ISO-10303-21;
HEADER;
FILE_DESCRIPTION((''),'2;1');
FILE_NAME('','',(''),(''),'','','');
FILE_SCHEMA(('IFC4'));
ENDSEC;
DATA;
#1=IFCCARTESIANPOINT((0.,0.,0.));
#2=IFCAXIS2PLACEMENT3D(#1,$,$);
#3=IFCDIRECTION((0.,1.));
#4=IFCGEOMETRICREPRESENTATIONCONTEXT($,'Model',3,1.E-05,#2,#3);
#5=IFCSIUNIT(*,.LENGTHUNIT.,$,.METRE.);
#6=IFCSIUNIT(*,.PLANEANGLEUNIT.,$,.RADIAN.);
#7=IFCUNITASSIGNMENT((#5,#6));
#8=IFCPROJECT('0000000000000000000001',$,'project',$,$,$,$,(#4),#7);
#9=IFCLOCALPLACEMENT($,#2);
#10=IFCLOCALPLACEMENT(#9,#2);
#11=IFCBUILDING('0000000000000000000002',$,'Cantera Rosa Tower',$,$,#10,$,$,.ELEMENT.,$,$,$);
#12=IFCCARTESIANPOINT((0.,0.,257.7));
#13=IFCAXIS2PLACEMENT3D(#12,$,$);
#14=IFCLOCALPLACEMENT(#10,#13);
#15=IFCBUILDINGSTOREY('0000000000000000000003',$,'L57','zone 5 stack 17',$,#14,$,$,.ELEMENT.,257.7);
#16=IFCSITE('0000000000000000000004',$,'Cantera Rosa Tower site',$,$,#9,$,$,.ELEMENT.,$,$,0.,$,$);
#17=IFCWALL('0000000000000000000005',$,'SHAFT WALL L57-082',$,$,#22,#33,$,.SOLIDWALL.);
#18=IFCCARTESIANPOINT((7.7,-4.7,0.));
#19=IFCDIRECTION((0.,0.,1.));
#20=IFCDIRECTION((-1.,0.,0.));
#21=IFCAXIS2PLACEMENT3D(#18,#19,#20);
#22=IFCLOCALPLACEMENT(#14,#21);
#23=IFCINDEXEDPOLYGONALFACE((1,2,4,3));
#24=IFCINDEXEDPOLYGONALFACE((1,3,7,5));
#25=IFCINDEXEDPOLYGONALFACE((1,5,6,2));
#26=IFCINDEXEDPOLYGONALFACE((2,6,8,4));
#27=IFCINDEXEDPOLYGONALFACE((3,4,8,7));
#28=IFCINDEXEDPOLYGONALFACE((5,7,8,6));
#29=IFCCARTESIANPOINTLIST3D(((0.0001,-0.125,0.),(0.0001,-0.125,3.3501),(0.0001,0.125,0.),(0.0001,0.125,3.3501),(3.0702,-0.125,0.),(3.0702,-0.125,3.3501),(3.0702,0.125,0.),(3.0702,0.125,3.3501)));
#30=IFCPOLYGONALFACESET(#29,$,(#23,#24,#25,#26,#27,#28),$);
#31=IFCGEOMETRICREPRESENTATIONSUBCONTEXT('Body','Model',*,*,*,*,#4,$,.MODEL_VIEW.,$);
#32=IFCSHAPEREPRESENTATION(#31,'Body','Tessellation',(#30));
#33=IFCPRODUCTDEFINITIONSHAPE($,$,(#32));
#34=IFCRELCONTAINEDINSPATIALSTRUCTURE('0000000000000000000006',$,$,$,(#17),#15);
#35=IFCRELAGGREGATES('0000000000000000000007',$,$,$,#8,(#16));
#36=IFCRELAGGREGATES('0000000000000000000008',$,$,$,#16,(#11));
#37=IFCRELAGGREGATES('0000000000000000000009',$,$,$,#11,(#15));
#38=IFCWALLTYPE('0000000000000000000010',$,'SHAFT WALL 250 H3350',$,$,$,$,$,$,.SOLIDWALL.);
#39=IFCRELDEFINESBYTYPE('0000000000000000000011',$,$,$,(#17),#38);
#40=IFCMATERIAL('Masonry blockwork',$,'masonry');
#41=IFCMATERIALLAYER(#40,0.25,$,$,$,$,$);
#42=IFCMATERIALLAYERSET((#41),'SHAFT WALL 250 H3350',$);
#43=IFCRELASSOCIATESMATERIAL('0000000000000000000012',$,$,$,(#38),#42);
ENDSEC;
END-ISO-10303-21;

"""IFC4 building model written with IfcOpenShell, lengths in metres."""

from ifc_helpers import new_model, si_unit, direction, frame, frame_2d, origin, place, context, subcontext, project, spatial, rectangle, extrude, material, layer, layer_set, type_object, element, save


model = new_model("IFC4")

# Units and contexts
model_context = context("Model", 3, precision=1e-05, world=origin(), true_north=direction((0.0, 1.0)))
body_context = subcontext(model_context, "Body", "Model", "MODEL_VIEW")
ifc_project = project(units=[si_unit("LENGTHUNIT", "METRE"), si_unit("PLANEANGLEUNIT", "RADIAN")], contexts=[model_context])

# Site, building, storey
site_placement = place(None, origin())
site = spatial("IfcSite", under=ifc_project, at=site_placement, Name="Cantera Rosa Tower site", CompositionType="ELEMENT", RefElevation=0.0)
building_placement = place(site_placement, origin())
building = spatial("IfcBuilding", under=site, at=building_placement, Name="Cantera Rosa Tower", CompositionType="ELEMENT")
storey_placement = place(building_placement, frame((0.0, 0.0, 257.7)))
storey = spatial("IfcBuildingStorey", under=building, at=storey_placement, Name="L57", Description="zone 5 stack 17", CompositionType="ELEMENT", Elevation=257.7)

# Wall
ifc_material_1 = material(Name="Masonry blockwork", Category="masonry")
ifc_layer_1 = layer(ifc_material_1, 0.25)
ifc_layer_set_1 = layer_set([ifc_layer_1], Name="SHAFT WALL 250 H3350")
wall_type_1 = type_object("IfcWallType", Name="SHAFT WALL 250 H3350", PredefinedType="SOLIDWALL", material=ifc_layer_set_1)
wall_1_placement = place(storey_placement, frame((7.7, -4.7, 0.0), z_axis=(0.0, 0.0, 1.0), x_axis=(-1.0, 0.0, 0.0)))
element("IfcWall", 1, at=wall_1_placement, inside=storey, type_object=wall_type_1, Name="SHAFT WALL L57-082", PredefinedType="SOLIDWALL", context=body_context, shape_type="SweptSolid", body=[
    extrude(rectangle(XDim=3.0701, YDim=0.25, at=frame_2d((1.5352, 0.0))), origin(), (0.0, 0.0, 1.0), 3.3501),
])

save(model, "model.ifc")
